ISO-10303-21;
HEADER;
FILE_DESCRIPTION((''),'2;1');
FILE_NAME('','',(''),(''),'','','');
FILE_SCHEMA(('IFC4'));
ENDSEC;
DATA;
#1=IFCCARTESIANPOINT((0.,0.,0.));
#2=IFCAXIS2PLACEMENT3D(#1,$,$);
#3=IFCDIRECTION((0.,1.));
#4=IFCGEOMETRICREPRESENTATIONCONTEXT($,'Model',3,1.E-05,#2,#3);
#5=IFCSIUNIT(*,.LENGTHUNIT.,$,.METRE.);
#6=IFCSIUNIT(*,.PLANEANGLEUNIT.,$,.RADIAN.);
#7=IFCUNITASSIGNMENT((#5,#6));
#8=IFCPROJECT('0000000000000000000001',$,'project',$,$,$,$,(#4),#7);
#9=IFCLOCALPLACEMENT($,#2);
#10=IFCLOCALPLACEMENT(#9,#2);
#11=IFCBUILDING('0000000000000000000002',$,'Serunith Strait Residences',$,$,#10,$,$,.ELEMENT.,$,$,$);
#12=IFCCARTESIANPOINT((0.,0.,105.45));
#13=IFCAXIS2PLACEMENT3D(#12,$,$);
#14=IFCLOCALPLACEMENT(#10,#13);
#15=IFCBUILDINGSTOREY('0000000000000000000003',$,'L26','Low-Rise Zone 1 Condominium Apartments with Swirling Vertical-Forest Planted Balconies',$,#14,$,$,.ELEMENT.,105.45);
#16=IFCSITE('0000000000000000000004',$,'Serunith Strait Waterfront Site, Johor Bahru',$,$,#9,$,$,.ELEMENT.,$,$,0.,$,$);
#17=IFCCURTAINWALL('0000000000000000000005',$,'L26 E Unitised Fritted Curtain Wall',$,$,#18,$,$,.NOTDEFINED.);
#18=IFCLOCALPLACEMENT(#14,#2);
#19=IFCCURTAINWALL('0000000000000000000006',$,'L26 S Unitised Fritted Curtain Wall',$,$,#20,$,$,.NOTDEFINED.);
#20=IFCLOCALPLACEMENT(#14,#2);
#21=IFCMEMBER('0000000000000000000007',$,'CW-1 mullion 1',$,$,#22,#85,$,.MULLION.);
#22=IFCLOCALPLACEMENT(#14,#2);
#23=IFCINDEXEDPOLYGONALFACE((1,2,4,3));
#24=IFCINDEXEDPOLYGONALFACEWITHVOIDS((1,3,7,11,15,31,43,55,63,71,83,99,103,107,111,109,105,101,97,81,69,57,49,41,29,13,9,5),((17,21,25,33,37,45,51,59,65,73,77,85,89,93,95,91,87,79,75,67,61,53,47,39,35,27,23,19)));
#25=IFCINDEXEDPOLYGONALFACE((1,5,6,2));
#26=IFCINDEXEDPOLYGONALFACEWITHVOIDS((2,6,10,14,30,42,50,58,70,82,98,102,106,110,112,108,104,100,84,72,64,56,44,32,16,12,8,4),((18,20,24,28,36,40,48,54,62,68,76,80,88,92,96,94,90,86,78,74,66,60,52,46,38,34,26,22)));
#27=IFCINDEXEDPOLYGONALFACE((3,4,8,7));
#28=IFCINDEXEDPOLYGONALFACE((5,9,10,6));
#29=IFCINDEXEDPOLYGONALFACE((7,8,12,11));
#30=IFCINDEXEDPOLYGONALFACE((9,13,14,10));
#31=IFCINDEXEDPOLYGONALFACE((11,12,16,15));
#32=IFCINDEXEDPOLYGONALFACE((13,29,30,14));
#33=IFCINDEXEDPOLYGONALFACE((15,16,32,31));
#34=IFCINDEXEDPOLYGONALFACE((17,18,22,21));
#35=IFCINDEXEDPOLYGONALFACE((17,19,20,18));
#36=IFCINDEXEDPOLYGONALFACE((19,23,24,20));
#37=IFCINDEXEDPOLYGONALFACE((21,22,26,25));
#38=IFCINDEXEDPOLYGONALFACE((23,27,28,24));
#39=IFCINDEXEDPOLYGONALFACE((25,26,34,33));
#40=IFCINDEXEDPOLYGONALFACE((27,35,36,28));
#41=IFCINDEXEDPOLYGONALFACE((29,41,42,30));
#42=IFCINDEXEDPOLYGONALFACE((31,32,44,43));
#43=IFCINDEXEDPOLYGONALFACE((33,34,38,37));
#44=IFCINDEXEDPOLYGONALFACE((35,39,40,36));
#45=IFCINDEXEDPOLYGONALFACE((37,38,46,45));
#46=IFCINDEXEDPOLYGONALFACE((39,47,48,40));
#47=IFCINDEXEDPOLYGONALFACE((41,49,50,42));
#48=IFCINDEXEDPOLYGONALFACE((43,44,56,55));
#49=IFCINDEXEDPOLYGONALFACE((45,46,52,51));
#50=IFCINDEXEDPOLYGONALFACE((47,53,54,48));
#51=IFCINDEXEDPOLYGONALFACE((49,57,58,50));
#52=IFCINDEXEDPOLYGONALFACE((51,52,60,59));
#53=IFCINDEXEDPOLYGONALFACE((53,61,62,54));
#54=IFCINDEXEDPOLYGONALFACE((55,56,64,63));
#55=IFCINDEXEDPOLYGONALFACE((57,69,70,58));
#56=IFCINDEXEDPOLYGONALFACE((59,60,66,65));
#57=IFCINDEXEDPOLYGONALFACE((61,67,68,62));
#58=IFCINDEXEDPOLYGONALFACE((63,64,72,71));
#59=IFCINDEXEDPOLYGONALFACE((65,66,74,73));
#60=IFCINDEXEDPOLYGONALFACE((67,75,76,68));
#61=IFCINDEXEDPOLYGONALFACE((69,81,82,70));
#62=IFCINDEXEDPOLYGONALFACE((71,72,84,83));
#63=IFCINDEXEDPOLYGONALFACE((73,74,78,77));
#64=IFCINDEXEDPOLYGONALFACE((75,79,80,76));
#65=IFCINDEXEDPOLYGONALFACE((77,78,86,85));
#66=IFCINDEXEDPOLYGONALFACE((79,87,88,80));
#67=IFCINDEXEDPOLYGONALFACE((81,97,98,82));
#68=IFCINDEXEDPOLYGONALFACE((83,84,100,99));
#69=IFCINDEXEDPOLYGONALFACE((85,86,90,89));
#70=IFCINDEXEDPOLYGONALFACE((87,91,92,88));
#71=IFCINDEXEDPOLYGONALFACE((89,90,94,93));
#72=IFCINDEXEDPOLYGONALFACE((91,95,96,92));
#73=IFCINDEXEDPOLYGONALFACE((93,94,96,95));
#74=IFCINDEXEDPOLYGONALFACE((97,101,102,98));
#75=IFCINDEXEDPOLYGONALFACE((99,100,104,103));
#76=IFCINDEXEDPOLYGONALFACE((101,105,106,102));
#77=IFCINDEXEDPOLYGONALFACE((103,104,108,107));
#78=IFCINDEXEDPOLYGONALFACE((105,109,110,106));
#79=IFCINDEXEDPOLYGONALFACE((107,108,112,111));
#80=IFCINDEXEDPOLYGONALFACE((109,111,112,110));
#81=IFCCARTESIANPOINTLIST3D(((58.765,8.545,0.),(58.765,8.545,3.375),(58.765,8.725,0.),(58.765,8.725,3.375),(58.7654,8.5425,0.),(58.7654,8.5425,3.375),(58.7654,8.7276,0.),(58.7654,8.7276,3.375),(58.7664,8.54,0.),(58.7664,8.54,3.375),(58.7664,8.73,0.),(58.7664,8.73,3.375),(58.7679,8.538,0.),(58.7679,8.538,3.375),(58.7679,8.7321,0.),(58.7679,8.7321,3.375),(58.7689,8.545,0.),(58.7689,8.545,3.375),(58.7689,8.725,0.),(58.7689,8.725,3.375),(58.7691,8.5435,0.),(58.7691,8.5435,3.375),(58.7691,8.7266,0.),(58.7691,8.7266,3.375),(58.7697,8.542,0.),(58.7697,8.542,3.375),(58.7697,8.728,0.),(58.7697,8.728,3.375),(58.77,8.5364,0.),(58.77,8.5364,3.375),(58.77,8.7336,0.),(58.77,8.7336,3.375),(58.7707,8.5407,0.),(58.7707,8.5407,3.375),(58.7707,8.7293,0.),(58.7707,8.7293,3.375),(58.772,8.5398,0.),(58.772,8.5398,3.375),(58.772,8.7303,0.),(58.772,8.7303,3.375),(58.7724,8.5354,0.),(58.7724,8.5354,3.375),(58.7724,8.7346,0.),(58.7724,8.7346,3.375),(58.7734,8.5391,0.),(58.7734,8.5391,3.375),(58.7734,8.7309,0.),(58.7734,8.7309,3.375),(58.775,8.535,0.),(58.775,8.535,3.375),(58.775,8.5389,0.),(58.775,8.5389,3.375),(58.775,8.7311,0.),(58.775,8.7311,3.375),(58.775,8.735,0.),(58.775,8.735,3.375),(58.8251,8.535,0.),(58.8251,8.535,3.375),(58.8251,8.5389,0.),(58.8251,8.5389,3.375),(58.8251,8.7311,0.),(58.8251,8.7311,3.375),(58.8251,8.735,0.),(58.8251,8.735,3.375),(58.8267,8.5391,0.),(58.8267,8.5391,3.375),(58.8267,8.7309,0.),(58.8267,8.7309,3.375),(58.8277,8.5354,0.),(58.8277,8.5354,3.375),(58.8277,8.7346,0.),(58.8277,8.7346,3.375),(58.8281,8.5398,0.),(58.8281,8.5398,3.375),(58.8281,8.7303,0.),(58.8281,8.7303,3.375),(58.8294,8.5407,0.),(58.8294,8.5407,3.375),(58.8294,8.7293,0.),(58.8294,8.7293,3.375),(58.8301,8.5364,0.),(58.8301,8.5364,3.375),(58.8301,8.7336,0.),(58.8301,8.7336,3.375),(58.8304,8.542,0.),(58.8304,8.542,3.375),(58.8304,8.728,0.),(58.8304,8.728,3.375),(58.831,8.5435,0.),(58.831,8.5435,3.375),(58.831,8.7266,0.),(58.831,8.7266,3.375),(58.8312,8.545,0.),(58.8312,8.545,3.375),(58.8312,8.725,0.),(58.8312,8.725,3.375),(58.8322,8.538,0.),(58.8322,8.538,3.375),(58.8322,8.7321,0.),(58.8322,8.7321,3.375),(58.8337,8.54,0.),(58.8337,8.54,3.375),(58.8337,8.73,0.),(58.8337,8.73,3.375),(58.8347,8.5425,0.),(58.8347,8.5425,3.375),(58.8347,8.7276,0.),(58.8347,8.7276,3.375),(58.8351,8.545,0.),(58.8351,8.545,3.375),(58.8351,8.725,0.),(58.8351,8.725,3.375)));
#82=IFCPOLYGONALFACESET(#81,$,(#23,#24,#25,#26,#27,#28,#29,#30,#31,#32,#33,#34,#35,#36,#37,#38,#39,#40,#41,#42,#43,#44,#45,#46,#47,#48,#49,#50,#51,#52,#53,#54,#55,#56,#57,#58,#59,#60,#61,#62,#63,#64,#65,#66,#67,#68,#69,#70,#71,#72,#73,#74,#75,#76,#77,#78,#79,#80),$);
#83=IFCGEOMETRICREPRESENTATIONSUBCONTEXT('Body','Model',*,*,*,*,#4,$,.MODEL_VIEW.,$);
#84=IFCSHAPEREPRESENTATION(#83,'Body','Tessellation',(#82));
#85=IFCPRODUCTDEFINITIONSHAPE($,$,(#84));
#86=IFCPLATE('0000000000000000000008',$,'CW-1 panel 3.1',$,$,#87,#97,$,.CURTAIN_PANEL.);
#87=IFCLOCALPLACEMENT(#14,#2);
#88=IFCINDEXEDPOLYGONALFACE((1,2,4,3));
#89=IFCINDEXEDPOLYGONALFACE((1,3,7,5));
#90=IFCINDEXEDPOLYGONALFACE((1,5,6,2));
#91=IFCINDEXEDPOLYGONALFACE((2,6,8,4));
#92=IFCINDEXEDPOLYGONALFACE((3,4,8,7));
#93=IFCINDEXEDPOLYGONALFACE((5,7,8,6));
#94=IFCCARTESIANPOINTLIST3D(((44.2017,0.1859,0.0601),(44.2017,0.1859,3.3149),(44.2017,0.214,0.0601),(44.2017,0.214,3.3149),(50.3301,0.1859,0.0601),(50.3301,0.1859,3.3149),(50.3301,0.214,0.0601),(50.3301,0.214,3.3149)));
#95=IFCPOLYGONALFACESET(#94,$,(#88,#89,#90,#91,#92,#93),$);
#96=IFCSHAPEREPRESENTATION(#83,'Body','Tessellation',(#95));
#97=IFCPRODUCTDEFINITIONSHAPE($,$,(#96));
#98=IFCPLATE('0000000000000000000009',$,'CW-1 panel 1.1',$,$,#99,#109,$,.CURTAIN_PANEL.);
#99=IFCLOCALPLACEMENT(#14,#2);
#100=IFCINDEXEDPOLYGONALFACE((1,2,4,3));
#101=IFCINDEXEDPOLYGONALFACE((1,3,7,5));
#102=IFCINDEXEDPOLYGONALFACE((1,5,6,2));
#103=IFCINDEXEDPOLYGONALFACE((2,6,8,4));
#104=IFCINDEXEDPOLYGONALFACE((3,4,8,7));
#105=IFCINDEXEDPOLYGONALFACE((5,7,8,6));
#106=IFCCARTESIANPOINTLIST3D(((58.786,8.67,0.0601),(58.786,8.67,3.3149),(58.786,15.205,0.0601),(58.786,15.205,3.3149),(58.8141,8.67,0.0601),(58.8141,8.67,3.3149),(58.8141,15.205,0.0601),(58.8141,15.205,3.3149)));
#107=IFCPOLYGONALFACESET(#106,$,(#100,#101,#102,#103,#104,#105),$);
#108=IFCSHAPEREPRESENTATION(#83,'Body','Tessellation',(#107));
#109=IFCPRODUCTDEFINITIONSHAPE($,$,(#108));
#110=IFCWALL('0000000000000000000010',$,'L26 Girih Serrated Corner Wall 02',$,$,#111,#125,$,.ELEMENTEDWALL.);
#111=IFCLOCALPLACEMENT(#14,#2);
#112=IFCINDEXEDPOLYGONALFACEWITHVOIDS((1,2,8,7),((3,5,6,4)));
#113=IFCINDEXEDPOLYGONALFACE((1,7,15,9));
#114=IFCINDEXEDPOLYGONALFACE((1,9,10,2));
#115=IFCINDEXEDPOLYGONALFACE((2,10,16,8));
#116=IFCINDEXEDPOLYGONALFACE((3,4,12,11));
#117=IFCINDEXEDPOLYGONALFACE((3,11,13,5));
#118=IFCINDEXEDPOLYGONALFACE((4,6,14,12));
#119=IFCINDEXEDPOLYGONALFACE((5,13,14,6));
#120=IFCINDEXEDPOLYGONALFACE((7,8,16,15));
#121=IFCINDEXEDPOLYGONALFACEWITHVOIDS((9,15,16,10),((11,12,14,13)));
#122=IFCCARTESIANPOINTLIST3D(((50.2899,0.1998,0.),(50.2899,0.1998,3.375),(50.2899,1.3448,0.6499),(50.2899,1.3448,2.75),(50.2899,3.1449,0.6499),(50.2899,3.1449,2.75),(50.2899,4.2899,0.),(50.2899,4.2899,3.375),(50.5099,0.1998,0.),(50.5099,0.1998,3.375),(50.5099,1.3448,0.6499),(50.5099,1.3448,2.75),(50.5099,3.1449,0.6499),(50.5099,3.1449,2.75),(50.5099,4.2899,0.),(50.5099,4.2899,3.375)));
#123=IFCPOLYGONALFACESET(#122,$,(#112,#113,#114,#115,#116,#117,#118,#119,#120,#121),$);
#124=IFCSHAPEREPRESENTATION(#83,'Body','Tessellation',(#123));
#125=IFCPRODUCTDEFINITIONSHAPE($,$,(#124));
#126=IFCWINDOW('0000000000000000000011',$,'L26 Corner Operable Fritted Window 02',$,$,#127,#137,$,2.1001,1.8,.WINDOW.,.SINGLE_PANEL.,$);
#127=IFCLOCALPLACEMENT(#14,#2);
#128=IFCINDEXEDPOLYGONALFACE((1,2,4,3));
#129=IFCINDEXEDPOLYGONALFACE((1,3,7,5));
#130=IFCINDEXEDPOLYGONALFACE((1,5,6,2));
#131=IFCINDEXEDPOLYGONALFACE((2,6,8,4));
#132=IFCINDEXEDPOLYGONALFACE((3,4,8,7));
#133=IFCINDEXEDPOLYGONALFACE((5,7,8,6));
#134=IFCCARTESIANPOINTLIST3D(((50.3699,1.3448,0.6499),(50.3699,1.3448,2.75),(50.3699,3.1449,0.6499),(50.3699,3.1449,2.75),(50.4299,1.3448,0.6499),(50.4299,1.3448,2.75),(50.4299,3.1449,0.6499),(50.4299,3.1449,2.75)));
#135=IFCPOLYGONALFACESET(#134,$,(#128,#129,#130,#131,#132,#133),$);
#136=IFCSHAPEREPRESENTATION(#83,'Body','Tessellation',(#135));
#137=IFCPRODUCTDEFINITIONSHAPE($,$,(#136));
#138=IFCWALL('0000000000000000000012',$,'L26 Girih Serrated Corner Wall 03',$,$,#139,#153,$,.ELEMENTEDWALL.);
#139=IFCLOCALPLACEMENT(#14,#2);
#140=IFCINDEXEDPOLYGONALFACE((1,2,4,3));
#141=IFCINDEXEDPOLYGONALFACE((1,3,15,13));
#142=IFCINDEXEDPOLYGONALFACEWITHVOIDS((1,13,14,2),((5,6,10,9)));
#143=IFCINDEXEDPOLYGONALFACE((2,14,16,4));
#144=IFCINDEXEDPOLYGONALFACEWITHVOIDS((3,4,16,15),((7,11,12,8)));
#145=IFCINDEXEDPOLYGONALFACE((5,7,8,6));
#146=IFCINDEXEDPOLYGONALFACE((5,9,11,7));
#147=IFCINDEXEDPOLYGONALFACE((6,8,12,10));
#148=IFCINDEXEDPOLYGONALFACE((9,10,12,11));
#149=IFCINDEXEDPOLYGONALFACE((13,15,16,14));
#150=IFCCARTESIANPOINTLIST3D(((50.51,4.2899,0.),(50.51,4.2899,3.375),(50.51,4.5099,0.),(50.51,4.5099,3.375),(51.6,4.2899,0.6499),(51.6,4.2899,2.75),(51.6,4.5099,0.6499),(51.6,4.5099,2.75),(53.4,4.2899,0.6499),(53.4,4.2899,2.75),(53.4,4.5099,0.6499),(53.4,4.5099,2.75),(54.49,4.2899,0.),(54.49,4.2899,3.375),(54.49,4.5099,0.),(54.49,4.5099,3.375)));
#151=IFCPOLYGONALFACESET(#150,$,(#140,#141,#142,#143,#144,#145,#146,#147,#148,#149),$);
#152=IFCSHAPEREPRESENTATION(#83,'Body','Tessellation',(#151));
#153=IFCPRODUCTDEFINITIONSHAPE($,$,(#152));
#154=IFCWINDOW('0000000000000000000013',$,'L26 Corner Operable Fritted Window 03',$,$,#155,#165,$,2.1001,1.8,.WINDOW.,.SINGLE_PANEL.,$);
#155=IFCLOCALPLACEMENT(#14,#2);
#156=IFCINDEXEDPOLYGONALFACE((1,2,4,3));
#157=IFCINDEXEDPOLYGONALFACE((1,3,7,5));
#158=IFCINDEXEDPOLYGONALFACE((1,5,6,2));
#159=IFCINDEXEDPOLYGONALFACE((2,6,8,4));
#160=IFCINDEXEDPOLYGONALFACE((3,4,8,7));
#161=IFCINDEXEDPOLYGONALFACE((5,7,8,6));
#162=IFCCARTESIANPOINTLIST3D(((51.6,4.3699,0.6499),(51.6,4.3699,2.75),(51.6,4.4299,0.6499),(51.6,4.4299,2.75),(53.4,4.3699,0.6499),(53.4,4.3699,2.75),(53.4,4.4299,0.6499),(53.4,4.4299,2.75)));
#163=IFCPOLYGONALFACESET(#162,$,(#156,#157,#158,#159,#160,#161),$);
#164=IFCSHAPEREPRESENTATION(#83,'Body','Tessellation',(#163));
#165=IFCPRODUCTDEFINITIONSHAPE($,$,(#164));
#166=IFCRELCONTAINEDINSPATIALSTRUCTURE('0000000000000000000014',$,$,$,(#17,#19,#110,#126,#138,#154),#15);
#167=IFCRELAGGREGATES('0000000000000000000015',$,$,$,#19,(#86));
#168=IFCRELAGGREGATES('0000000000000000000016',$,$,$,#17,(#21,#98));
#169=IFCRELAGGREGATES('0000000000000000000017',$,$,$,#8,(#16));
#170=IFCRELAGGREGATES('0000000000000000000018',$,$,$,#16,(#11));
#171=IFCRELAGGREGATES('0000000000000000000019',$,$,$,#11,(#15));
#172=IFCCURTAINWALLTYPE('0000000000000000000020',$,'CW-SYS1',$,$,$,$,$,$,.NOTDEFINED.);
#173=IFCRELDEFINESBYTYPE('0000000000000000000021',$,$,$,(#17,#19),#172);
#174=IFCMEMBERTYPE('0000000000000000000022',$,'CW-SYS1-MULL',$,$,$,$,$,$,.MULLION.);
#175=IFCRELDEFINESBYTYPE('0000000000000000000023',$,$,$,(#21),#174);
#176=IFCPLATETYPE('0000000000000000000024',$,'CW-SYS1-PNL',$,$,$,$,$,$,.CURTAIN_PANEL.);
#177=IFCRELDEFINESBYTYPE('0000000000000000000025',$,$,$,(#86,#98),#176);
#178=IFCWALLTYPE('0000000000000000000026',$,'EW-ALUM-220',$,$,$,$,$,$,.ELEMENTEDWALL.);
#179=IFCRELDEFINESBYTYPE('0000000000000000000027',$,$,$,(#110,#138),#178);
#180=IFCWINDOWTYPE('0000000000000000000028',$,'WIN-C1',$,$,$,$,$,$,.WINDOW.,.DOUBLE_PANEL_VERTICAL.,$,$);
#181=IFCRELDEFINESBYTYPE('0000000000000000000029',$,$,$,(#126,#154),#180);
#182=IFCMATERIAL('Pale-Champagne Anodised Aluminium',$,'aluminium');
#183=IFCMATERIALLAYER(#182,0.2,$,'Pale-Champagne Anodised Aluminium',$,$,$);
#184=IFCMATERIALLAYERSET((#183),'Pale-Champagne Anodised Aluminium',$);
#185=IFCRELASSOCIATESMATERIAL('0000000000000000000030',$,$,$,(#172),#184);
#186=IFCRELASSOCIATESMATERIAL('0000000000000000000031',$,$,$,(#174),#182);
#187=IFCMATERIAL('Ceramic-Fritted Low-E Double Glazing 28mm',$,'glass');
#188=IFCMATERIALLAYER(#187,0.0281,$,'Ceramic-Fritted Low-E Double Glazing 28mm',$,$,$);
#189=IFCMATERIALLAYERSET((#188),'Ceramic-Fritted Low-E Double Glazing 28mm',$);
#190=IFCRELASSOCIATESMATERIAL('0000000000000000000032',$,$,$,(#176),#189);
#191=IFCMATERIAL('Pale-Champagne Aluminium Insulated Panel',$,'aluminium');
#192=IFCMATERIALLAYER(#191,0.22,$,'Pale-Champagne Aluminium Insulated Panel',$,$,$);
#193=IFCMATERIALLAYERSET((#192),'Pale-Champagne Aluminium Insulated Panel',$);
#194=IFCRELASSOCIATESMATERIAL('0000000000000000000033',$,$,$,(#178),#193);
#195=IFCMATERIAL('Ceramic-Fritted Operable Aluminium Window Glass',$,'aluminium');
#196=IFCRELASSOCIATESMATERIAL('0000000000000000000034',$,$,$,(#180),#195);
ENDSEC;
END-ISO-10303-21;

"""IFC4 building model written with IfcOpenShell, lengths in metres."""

from ifc_helpers import new_model, si_unit, direction, frame, frame_2d, origin, origin_2d, place, context, subcontext, project, spatial, rectangle, hollow_rectangle, extrude, source, transform, mapped, material, layer, layer_set, material_profile, profile_set, type_object, element, fill, aggregate, save


model = new_model("IFC4")

# Units and contexts
model_context = context("Model", 3, precision=1e-05, world=origin(), true_north=direction((0.0, 1.0)))
body_context = subcontext(model_context, "Body", "Model", "MODEL_VIEW")
ifc_project = project(units=[si_unit("LENGTHUNIT", "METRE"), si_unit("PLANEANGLEUNIT", "RADIAN")], contexts=[model_context])

# Site, building, storey
site_placement = place(None, origin())
site = spatial("IfcSite", under=ifc_project, at=site_placement, Name="Serunith Strait Waterfront Site, Johor Bahru", CompositionType="ELEMENT", RefElevation=0.0)
building_placement = place(site_placement, origin())
building = spatial("IfcBuilding", under=site, at=building_placement, Name="Serunith Strait Residences", CompositionType="ELEMENT")
storey_placement = place(building_placement, frame((0.0, 0.0, 105.45)))
storey = spatial("IfcBuildingStorey", under=building, at=storey_placement, Name="L26", Description="Low-Rise Zone 1 Condominium Apartments with Swirling Vertical-Forest Planted Balconies", CompositionType="ELEMENT", Elevation=105.45)

# Curtain walls
ifc_material_1 = material(Name="Pale-Champagne Anodised Aluminium", Category="aluminium")
ifc_layer_1 = layer(ifc_material_1, 0.2, Name="Pale-Champagne Anodised Aluminium")
ifc_layer_set_1 = layer_set([ifc_layer_1], Name="Pale-Champagne Anodised Aluminium")
curtain_wall_type = type_object("IfcCurtainWallType", Name="CW-SYS1", PredefinedType="NOTDEFINED", material=ifc_layer_set_1)
curtain_wall_1_placement = place(storey_placement, origin())
curtain_wall_1 = element("IfcCurtainWall", 1, at=curtain_wall_1_placement, inside=storey, type_object=curtain_wall_type, Name="L26 E Unitised Fritted Curtain Wall", PredefinedType="NOTDEFINED")
curtain_wall_2_placement = place(storey_placement, origin())
curtain_wall_2 = element("IfcCurtainWall", 2, at=curtain_wall_2_placement, inside=storey, type_object=curtain_wall_type, Name="L26 S Unitised Fritted Curtain Wall", PredefinedType="NOTDEFINED")
ifc_material_profile_1 = material_profile(ifc_material_1, hollow_rectangle(XDim=0.0701, YDim=0.2, WallThickness=0.0039, InnerFilletRadius=0.0061, OuterFilletRadius=0.01, at=origin_2d()), Name="ALU 200x70x4")
ifc_profile_set_1 = profile_set([ifc_material_profile_1], Name="Pale-Champagne Anodised Aluminium")
member_type_1 = type_object("IfcMemberType", Name="CW-SYS1-MULL", PredefinedType="MULLION", material=ifc_profile_set_1)
shared_shape_1 = source(origin(), body_context, "Body", "SweptSolid", [
    extrude(hollow_rectangle(XDim=0.0701, YDim=0.2, WallThickness=0.0039, InnerFilletRadius=0.0061, OuterFilletRadius=0.01, at=origin_2d()), origin(), (0.0, 0.0, 1.0), 3.375),
])

# Member
member_1_placement = place(storey_placement, frame((58.8, 8.635, 0.0), z_axis=(0.0, 0.0, 1.0), x_axis=(-1.0, 0.0, 0.0)))
member_1 = element("IfcMember", 3, at=member_1_placement, type_object=member_type_1, Name="CW-1 mullion 1", PredefinedType="MULLION", context=body_context, shape_type="MappedRepresentation", body=[
    mapped(shared_shape_1, transform((0.0, 0.0, 0.0), scale=1.0)),
])

# Plates
ifc_material_2 = material(Name="Ceramic-Fritted Low-E Double Glazing 28mm", Category="glass")
ifc_layer_2 = layer(ifc_material_2, 0.0281, Name="Ceramic-Fritted Low-E Double Glazing 28mm")
ifc_layer_set_2 = layer_set([ifc_layer_2], Name="Ceramic-Fritted Low-E Double Glazing 28mm")
plate_type = type_object("IfcPlateType", Name="CW-SYS1-PNL", PredefinedType="CURTAIN_PANEL", material=ifc_layer_set_2)
shared_shape_2 = source(origin(), body_context, "Body", "SweptSolid", [
    extrude(rectangle(XDim=6.1284, YDim=0.0281, at=origin_2d()), origin(), (0.0, 0.0, 1.0), 3.2549),
])
plate_1_placement = place(storey_placement, frame((47.2659, 0.2, 0.0601), z_axis=(0.0, 0.0, 1.0), x_axis=(1.0, 0.0, 0.0)))
plate_1 = element("IfcPlate", 4, at=plate_1_placement, type_object=plate_type, Name="CW-1 panel 3.1", PredefinedType="CURTAIN_PANEL", context=body_context, shape_type="MappedRepresentation", body=[
    mapped(shared_shape_2, transform((0.0, 0.0, 0.0), scale=1.0)),
])
aggregate(curtain_wall_2, [plate_1])
shared_shape_3 = source(origin(), body_context, "Body", "SweptSolid", [
    extrude(rectangle(XDim=6.5349, YDim=0.0281, at=origin_2d()), origin(), (0.0, 0.0, 1.0), 3.2549),
])
plate_2_placement = place(storey_placement, frame((58.8, 11.9375, 0.0601), z_axis=(0.0, 0.0, 1.0), x_axis=(0.0, 1.0, 0.0)))
plate_2 = element("IfcPlate", 5, at=plate_2_placement, type_object=plate_type, Name="CW-1 panel 1.1", PredefinedType="CURTAIN_PANEL", context=body_context, shape_type="MappedRepresentation", body=[
    mapped(shared_shape_3, transform((0.0, 0.0, 0.0), scale=1.0)),
])
aggregate(curtain_wall_1, [member_1, plate_2])

# Walls, openings, windows
ifc_material_3 = material(Name="Pale-Champagne Aluminium Insulated Panel", Category="aluminium")
ifc_layer_3 = layer(ifc_material_3, 0.22, Name="Pale-Champagne Aluminium Insulated Panel")
ifc_layer_set_3 = layer_set([ifc_layer_3], Name="Pale-Champagne Aluminium Insulated Panel")
wall_type_1 = type_object("IfcWallType", Name="EW-ALUM-220", PredefinedType="ELEMENTEDWALL", material=ifc_layer_set_3)
wall_1_placement = place(storey_placement, frame((50.3999, 0.2, 0.0), z_axis=(0.0, 0.0, 1.0), x_axis=(0.0, 1.0, 0.0)))
wall_1 = element("IfcWall", 6, at=wall_1_placement, inside=storey, type_object=wall_type_1, Name="L26 Girih Serrated Corner Wall 02", PredefinedType="ELEMENTEDWALL", context=body_context, shape_type="SweptSolid", body=[
    extrude(rectangle(XDim=4.0901, YDim=0.22, at=frame_2d((2.0449, 0.0))), origin(), (0.0, 0.0, 1.0), 3.375),
])
opening_1_placement = place(wall_1_placement, frame((1.145, 0.0, 0.6499)))
opening_1 = element("IfcOpeningElement", 7, at=opening_1_placement, cuts=wall_1, PredefinedType="OPENING", context=body_context, shape_type="SweptSolid", body=[
    extrude(rectangle(XDim=1.8, YDim=2.1001, at=frame_2d((0.8999, 1.05))), frame((0.0, 0.1201, 0.0), z_axis=(0.0, -1.0, 0.0), x_axis=(1.0, 0.0, 0.0)), (0.0, 0.0, 1.0), 0.24),
])
ifc_material_4 = material(Name="Ceramic-Fritted Operable Aluminium Window Glass", Category="aluminium")
window_type = type_object("IfcWindowType", Name="WIN-C1", PartitioningType="DOUBLE_PANEL_VERTICAL", PredefinedType="WINDOW", material=ifc_material_4)
shared_shape_4 = source(origin(), body_context, "Body", "SweptSolid", [
    extrude(rectangle(XDim=1.8, YDim=2.1001, at=frame_2d((0.8999, 1.05))), frame((0.0, 0.03, 0.0), z_axis=(0.0, -1.0, 0.0), x_axis=(1.0, 0.0, 0.0)), (0.0, 0.0, 1.0), 0.0601),
])
window_1_placement = place(opening_1_placement, origin())
window_1 = element("IfcWindow", 8, at=window_1_placement, inside=storey, type_object=window_type, Name="L26 Corner Operable Fritted Window 02", OverallHeight=2.1001, OverallWidth=1.8, PartitioningType="SINGLE_PANEL", PredefinedType="WINDOW", context=body_context, shape_type="MappedRepresentation", body=[
    mapped(shared_shape_4, transform((0.0, 0.0, 0.0), scale=1.0)),
])
fill(opening_1, window_1)
wall_2_placement = place(storey_placement, frame((50.51, 4.3999, 0.0), z_axis=(0.0, 0.0, 1.0), x_axis=(1.0, 0.0, 0.0)))
wall_2 = element("IfcWall", 9, at=wall_2_placement, inside=storey, type_object=wall_type_1, Name="L26 Girih Serrated Corner Wall 03", PredefinedType="ELEMENTEDWALL", context=body_context, shape_type="SweptSolid", body=[
    extrude(rectangle(XDim=3.98, YDim=0.22, at=frame_2d((1.99, 0.0))), origin(), (0.0, 0.0, 1.0), 3.375),
])
opening_2_placement = place(wall_2_placement, frame((1.0901, 0.0, 0.6499)))
opening_2 = element("IfcOpeningElement", 10, at=opening_2_placement, cuts=wall_2, PredefinedType="OPENING", context=body_context, shape_type="SweptSolid", body=[
    extrude(rectangle(XDim=1.8, YDim=2.1001, at=frame_2d((0.8999, 1.05))), frame((0.0, 0.1201, 0.0), z_axis=(0.0, -1.0, 0.0), x_axis=(1.0, 0.0, 0.0)), (0.0, 0.0, 1.0), 0.24),
])
window_2_placement = place(opening_2_placement, origin())
window_2 = element("IfcWindow", 11, at=window_2_placement, inside=storey, type_object=window_type, Name="L26 Corner Operable Fritted Window 03", OverallHeight=2.1001, OverallWidth=1.8, PartitioningType="SINGLE_PANEL", PredefinedType="WINDOW", context=body_context, shape_type="MappedRepresentation", body=[
    mapped(shared_shape_4, transform((0.0, 0.0, 0.0), scale=1.0)),
])
fill(opening_2, window_2)

save(model, "model.ifc")
